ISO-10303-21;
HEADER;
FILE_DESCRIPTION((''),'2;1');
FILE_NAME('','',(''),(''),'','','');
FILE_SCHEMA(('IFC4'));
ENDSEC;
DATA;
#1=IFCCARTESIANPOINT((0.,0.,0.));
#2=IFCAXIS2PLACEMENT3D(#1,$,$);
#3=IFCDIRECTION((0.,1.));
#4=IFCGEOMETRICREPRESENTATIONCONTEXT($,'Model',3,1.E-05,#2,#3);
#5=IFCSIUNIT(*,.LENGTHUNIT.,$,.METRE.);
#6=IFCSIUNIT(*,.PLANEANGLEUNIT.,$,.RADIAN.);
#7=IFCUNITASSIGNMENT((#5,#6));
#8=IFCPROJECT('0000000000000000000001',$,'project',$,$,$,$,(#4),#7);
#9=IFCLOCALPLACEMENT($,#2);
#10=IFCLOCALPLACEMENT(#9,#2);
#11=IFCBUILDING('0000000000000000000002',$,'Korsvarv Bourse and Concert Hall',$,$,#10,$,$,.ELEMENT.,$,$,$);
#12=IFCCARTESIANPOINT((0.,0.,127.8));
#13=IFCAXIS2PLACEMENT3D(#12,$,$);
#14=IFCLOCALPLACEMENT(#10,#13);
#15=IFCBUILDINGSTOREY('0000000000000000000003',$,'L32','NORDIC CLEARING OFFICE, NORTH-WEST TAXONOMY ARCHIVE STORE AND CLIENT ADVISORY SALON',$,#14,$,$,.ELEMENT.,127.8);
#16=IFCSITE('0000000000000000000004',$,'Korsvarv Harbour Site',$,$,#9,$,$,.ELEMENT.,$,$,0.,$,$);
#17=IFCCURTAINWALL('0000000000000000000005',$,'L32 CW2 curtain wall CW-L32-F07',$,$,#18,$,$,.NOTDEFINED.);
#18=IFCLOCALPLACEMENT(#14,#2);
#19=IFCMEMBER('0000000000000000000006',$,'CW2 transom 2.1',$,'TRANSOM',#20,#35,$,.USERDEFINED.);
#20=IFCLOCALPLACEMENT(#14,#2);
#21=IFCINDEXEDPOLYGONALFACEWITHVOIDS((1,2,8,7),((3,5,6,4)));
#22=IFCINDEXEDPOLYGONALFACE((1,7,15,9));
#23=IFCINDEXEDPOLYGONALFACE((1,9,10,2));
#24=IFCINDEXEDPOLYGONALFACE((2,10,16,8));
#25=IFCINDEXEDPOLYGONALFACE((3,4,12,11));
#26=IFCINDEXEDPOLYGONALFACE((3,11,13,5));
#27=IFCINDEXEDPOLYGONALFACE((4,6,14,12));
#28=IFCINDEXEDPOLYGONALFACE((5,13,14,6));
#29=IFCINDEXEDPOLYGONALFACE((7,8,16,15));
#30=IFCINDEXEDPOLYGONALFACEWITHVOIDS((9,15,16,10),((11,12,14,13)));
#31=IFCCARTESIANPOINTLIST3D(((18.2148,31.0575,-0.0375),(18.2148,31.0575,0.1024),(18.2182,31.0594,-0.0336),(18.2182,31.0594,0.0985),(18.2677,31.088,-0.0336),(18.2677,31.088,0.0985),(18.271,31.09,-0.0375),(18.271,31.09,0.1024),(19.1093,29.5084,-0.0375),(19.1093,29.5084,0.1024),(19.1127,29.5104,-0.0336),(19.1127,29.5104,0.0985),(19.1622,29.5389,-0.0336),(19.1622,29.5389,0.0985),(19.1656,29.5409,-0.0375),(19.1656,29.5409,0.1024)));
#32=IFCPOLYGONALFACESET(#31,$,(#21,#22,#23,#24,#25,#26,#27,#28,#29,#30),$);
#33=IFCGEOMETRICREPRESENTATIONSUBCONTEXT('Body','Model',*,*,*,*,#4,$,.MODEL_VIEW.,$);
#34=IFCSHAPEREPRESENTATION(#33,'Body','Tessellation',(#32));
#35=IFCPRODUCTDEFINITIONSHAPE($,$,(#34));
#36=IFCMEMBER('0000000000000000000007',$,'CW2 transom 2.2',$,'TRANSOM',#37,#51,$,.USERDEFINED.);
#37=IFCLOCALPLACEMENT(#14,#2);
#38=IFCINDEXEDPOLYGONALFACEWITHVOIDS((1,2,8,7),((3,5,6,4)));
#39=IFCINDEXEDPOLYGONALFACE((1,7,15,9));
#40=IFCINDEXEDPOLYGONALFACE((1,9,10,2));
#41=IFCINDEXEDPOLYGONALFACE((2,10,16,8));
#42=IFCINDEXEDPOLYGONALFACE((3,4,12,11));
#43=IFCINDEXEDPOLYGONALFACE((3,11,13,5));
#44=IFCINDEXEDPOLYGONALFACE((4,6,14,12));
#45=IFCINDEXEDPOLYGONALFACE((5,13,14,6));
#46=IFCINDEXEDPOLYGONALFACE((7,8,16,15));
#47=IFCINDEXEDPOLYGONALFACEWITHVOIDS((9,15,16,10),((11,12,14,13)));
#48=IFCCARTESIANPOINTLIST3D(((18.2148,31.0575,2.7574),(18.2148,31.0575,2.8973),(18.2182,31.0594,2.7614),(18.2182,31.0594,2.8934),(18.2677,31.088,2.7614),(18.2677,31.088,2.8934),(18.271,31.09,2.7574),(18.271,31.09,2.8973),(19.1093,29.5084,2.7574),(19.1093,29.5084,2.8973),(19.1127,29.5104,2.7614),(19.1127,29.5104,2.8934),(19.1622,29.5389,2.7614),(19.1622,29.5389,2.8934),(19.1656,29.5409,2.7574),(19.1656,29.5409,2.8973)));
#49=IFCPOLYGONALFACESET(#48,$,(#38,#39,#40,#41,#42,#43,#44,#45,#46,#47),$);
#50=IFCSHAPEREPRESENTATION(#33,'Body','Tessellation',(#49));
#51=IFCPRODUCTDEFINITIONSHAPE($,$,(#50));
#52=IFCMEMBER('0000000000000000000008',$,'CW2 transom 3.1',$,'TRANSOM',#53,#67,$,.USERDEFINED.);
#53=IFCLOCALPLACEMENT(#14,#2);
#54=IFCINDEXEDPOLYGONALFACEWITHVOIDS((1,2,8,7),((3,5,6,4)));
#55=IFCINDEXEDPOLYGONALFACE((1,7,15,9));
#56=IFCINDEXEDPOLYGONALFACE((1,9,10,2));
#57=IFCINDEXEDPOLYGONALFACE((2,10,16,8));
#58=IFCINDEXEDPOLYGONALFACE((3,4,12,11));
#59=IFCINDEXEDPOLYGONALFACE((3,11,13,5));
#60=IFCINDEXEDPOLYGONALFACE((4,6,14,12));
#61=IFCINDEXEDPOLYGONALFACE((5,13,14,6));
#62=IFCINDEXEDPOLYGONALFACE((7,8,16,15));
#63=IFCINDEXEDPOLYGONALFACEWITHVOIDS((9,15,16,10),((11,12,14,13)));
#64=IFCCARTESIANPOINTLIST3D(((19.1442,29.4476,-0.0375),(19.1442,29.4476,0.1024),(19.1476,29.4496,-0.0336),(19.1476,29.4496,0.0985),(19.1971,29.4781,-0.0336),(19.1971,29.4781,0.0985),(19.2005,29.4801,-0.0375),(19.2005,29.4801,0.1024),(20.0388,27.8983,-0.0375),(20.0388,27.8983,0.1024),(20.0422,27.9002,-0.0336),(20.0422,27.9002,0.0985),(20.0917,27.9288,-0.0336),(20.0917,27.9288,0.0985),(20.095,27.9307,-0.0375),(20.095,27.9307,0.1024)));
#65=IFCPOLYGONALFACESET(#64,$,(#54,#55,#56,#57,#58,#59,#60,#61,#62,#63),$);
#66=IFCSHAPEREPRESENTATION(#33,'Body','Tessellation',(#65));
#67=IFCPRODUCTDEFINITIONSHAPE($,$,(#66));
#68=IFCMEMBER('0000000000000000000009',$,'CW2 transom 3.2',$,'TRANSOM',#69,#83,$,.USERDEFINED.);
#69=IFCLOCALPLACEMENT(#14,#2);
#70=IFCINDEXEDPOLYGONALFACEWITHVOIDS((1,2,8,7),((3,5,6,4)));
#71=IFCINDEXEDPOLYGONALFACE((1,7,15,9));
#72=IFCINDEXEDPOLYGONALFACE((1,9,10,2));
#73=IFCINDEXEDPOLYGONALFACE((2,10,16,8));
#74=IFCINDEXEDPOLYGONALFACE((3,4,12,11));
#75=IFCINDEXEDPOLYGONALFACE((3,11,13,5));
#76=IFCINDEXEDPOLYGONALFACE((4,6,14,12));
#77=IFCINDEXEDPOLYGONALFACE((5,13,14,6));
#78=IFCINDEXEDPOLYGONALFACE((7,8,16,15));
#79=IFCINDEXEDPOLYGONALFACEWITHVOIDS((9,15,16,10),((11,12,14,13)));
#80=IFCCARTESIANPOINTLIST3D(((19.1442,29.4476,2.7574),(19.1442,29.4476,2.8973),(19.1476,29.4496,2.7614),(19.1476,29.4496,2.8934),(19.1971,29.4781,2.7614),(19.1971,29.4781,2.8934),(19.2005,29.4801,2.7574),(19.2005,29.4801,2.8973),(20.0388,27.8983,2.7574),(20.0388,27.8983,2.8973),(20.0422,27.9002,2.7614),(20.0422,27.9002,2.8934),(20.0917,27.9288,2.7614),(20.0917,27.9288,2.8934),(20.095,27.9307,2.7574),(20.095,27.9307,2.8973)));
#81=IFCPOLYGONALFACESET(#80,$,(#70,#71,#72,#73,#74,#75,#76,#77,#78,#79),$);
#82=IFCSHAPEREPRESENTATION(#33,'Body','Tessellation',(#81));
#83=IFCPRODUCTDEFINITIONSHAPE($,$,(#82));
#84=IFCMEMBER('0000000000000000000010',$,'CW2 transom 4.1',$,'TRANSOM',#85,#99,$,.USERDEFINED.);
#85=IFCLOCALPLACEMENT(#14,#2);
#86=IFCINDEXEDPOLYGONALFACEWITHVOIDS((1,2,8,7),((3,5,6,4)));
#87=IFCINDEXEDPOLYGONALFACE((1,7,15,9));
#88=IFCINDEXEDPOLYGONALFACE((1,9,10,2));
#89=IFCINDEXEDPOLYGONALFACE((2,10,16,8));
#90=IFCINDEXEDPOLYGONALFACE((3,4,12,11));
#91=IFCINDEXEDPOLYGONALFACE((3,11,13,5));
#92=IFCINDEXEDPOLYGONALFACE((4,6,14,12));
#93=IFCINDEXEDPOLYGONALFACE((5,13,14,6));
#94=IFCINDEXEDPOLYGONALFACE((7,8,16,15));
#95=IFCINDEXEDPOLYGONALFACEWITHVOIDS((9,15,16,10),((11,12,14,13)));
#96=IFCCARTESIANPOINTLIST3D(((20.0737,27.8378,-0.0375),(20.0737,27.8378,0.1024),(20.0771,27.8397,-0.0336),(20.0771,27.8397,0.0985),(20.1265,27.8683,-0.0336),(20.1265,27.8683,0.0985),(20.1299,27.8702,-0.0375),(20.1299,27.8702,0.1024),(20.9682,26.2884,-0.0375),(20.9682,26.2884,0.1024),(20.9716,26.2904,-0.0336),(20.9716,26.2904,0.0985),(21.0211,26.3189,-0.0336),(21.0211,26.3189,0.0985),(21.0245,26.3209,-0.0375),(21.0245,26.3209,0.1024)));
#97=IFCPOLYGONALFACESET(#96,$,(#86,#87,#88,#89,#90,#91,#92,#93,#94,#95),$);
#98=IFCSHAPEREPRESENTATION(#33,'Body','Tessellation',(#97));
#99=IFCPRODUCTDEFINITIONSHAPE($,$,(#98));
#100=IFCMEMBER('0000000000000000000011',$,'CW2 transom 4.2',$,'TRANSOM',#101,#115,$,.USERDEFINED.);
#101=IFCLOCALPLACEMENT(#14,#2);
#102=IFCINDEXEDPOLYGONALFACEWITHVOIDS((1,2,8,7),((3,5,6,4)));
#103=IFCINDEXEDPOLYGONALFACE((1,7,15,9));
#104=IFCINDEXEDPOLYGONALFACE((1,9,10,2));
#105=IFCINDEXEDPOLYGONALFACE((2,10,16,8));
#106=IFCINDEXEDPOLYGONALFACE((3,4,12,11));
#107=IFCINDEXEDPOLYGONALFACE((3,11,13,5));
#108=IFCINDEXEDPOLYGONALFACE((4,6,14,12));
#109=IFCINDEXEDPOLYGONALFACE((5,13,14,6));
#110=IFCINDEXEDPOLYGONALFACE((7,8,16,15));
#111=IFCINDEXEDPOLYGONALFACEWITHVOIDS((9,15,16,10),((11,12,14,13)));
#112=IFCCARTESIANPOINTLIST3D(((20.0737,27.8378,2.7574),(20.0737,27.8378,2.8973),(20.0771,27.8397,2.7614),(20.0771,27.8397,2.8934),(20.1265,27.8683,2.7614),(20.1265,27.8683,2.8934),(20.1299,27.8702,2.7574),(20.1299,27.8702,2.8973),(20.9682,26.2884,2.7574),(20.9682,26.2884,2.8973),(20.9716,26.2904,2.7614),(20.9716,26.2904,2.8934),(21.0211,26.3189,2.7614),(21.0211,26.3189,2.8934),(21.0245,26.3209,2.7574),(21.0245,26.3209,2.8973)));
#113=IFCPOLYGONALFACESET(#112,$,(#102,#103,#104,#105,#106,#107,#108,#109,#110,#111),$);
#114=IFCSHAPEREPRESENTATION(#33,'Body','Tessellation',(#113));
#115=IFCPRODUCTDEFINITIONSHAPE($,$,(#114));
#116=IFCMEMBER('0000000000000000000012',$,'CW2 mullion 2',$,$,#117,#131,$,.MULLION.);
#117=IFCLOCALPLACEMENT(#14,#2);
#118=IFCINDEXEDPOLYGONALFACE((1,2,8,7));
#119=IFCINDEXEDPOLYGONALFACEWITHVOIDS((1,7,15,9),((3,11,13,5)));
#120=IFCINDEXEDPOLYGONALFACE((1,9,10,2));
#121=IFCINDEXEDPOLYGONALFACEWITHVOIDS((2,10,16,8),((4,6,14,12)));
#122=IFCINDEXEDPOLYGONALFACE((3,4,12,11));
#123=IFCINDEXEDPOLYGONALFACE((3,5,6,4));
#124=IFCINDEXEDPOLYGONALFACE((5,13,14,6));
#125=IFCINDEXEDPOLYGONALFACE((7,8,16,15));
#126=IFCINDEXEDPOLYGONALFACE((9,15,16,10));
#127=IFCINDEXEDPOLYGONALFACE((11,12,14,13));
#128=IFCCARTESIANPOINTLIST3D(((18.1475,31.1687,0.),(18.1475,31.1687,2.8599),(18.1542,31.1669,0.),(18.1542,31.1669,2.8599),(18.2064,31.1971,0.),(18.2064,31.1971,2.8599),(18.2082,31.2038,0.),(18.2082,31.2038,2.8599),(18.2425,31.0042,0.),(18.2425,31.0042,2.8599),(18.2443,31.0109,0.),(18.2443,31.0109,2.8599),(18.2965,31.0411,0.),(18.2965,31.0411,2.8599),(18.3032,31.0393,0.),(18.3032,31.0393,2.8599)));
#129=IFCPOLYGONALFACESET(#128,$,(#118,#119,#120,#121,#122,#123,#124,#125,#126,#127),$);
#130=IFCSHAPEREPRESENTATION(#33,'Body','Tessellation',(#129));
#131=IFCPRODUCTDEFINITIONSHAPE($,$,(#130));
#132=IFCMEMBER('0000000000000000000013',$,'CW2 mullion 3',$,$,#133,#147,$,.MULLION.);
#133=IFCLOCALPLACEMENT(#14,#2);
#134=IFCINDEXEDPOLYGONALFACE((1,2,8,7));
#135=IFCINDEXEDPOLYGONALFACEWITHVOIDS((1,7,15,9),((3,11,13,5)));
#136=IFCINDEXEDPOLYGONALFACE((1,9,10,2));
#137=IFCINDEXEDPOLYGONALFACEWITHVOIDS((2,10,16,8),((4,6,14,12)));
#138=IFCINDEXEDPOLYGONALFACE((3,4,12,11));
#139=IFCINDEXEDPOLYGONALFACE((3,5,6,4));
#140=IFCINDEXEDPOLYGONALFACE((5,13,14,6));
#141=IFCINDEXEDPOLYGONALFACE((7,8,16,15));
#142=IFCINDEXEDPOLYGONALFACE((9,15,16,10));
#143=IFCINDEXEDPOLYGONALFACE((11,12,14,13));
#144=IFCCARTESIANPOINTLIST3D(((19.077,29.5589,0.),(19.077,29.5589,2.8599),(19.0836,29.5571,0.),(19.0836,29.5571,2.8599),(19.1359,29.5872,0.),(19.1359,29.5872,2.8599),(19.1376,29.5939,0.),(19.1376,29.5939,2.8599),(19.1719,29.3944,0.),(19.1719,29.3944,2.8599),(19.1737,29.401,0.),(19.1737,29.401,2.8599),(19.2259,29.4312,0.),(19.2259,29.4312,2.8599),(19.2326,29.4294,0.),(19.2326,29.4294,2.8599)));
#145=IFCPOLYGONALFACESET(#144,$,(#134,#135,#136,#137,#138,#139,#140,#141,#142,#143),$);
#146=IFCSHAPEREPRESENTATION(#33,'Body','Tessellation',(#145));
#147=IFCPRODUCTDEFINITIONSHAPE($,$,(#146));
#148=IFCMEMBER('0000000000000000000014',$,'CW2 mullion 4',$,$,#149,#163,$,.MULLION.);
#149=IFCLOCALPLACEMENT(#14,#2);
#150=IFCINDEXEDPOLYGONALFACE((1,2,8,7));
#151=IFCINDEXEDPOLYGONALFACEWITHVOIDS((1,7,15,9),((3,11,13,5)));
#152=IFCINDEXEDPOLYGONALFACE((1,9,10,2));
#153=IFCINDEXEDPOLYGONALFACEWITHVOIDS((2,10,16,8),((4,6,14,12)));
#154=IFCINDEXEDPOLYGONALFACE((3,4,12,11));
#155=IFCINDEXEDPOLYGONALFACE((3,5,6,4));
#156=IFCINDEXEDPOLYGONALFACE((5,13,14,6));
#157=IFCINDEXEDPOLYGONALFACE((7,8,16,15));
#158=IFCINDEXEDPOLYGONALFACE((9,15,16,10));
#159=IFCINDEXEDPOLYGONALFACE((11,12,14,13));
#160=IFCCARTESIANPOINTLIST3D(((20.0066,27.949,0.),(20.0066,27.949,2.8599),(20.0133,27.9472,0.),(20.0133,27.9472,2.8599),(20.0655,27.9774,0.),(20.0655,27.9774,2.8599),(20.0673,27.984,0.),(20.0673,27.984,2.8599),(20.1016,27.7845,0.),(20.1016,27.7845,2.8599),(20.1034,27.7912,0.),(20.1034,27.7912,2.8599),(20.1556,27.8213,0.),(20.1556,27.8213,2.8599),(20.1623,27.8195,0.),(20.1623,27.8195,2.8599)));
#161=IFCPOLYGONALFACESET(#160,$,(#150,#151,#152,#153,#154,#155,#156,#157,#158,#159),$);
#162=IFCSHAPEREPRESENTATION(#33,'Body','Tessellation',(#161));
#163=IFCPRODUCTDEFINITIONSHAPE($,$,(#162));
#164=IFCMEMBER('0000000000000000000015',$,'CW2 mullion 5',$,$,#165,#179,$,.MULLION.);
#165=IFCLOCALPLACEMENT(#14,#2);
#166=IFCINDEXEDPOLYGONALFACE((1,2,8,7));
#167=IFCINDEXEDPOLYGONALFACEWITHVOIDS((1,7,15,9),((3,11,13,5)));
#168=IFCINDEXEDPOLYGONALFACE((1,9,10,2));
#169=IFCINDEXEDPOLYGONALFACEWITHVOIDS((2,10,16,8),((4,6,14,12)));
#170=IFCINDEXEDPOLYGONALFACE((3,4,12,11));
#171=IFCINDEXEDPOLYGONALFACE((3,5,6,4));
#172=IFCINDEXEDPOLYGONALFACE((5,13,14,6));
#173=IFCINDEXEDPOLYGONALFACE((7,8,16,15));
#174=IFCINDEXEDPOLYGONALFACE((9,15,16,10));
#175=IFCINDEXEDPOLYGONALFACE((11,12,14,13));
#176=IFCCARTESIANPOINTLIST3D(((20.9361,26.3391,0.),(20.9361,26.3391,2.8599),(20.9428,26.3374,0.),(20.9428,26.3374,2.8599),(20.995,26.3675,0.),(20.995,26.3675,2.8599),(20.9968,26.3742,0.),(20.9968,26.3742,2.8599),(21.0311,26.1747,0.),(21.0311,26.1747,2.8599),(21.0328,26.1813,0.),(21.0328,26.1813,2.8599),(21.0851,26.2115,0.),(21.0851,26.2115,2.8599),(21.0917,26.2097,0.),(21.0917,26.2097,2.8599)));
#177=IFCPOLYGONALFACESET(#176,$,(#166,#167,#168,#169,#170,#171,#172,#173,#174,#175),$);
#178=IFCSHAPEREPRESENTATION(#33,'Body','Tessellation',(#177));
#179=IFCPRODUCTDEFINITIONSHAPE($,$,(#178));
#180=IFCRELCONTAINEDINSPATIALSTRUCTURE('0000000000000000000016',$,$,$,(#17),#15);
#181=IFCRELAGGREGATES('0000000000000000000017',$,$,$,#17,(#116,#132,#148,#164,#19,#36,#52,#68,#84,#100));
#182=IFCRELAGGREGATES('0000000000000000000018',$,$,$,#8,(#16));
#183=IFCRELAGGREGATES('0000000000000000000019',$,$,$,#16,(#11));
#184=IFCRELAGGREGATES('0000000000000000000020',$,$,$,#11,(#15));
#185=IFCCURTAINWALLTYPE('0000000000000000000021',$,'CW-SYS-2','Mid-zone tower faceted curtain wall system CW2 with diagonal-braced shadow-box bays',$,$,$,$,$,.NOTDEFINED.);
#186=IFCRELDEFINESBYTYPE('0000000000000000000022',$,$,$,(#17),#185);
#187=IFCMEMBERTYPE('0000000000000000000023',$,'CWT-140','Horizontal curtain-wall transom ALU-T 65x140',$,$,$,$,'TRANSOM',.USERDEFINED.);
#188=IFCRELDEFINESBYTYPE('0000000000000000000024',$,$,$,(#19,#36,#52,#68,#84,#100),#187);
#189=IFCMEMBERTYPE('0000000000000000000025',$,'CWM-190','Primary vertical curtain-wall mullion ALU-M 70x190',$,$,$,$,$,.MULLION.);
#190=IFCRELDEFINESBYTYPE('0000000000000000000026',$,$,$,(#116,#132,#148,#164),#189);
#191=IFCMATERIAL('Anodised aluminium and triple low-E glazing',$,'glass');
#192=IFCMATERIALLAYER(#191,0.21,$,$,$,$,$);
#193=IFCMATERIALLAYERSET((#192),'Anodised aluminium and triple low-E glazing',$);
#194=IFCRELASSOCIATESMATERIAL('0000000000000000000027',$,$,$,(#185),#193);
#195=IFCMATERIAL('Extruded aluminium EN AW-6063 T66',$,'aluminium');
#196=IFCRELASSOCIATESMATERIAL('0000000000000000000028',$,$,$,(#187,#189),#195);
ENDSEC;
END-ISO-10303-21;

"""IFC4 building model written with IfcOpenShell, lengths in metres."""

from ifc_helpers import new_model, si_unit, direction, frame, origin, origin_2d, place, context, subcontext, project, spatial, hollow_rectangle, extrude, source, transform, mapped, material, layer, layer_set, material_profile, profile_set, type_object, element, aggregate, save


model = new_model("IFC4")

# Units and contexts
model_context = context("Model", 3, precision=1e-05, world=origin(), true_north=direction((0.0, 1.0)))
body_context = subcontext(model_context, "Body", "Model", "MODEL_VIEW")
ifc_project = project(units=[si_unit("LENGTHUNIT", "METRE"), si_unit("PLANEANGLEUNIT", "RADIAN")], contexts=[model_context])

# Site, building, storey
site_placement = place(None, origin())
site = spatial("IfcSite", under=ifc_project, at=site_placement, Name="Korsvarv Harbour Site", CompositionType="ELEMENT", RefElevation=0.0)
building_placement = place(site_placement, origin())
building = spatial("IfcBuilding", under=site, at=building_placement, Name="Korsvarv Bourse and Concert Hall", CompositionType="ELEMENT")
storey_placement = place(building_placement, frame((0.0, 0.0, 127.8)))
storey = spatial("IfcBuildingStorey", under=building, at=storey_placement, Name="L32", Description="NORDIC CLEARING OFFICE, NORTH-WEST TAXONOMY ARCHIVE STORE AND CLIENT ADVISORY SALON", CompositionType="ELEMENT", Elevation=127.8)

# Curtain wall, members
ifc_material_1 = material(Name="Anodised aluminium and triple low-E glazing", Category="glass")
ifc_layer_1 = layer(ifc_material_1, 0.21)
ifc_layer_set_1 = layer_set([ifc_layer_1], Name="Anodised aluminium and triple low-E glazing")
curtain_wall_type = type_object("IfcCurtainWallType", Name="CW-SYS-2", Description="Mid-zone tower faceted curtain wall system CW2 with diagonal-braced shadow-box bays", PredefinedType="NOTDEFINED", material=ifc_layer_set_1)
curtain_wall_placement = place(storey_placement, origin())
curtain_wall = element("IfcCurtainWall", 1, at=curtain_wall_placement, inside=storey, type_object=curtain_wall_type, Name="L32 CW2 curtain wall CW-L32-F07", PredefinedType="NOTDEFINED")
ifc_material_2 = material(Name="Extruded aluminium EN AW-6063 T66", Category="aluminium")
ifc_material_profile_1 = material_profile(ifc_material_2, hollow_rectangle(XDim=0.0649, YDim=0.1399, WallThickness=0.0039, at=origin_2d()), Name="ALU-T 65x140")
ifc_profile_set_1 = profile_set([ifc_material_profile_1], Name="Extruded aluminium EN AW-6063 T66")
member_type_1 = type_object("IfcMemberType", Name="CWT-140", Description="Horizontal curtain-wall transom ALU-T 65x140", ElementType="TRANSOM", PredefinedType="USERDEFINED", material=ifc_profile_set_1)
shared_shape_1 = source(origin(), body_context, "Body", "SweptSolid", [
    extrude(hollow_rectangle(XDim=0.0649, YDim=0.1399, WallThickness=0.0039, at=origin_2d()), origin(), (0.0, 0.0, 1.0), 1.7888),
])
member_1_placement = place(storey_placement, frame((18.2429, 31.0737, 0.0325), z_axis=(0.500073, -0.865983, 0.0), x_axis=(0.865983, 0.500073, 0.0)))
member_1 = element("IfcMember", 2, at=member_1_placement, type_object=member_type_1, Name="CW2 transom 2.1", ObjectType="TRANSOM", PredefinedType="USERDEFINED", context=body_context, shape_type="MappedRepresentation", body=[
    mapped(shared_shape_1, transform((0.0, 0.0, 0.0), scale=1.0)),
])
member_2_placement = place(storey_placement, frame((18.2429, 31.0737, 2.8274), z_axis=(0.500073, -0.865983, 0.0), x_axis=(0.865983, 0.500073, 0.0)))
member_2 = element("IfcMember", 3, at=member_2_placement, type_object=member_type_1, Name="CW2 transom 2.2", ObjectType="TRANSOM", PredefinedType="USERDEFINED", context=body_context, shape_type="MappedRepresentation", body=[
    mapped(shared_shape_1, transform((0.0, 0.0, 0.0), scale=1.0)),
])
shared_shape_2 = source(origin(), body_context, "Body", "SweptSolid", [
    extrude(hollow_rectangle(XDim=0.0649, YDim=0.1399, WallThickness=0.0039, at=origin_2d()), origin(), (0.0, 0.0, 1.0), 1.7891),
])
member_3_placement = place(storey_placement, frame((19.1724, 29.4639, 0.0325), z_axis=(0.500014, -0.866017, 0.0), x_axis=(0.866017, 0.500014, 0.0)))
member_3 = element("IfcMember", 4, at=member_3_placement, type_object=member_type_1, Name="CW2 transom 3.1", ObjectType="TRANSOM", PredefinedType="USERDEFINED", context=body_context, shape_type="MappedRepresentation", body=[
    mapped(shared_shape_2, transform((0.0, 0.0, 0.0), scale=1.0)),
])
member_4_placement = place(storey_placement, frame((19.1724, 29.4639, 2.8274), z_axis=(0.500014, -0.866017, 0.0), x_axis=(0.866017, 0.500014, 0.0)))
member_4 = element("IfcMember", 5, at=member_4_placement, type_object=member_type_1, Name="CW2 transom 3.2", ObjectType="TRANSOM", PredefinedType="USERDEFINED", context=body_context, shape_type="MappedRepresentation", body=[
    mapped(shared_shape_2, transform((0.0, 0.0, 0.0), scale=1.0)),
])
member_5_placement = place(storey_placement, frame((20.1018, 27.854, 0.0325), z_axis=(0.500014, -0.866017, 0.0), x_axis=(0.866017, 0.500014, 0.0)))
member_5 = element("IfcMember", 6, at=member_5_placement, type_object=member_type_1, Name="CW2 transom 4.1", ObjectType="TRANSOM", PredefinedType="USERDEFINED", context=body_context, shape_type="MappedRepresentation", body=[
    mapped(shared_shape_2, transform((0.0, 0.0, 0.0), scale=1.0)),
])
member_6_placement = place(storey_placement, frame((20.1018, 27.854, 2.8274), z_axis=(0.500014, -0.866017, 0.0), x_axis=(0.866017, 0.500014, 0.0)))
member_6 = element("IfcMember", 7, at=member_6_placement, type_object=member_type_1, Name="CW2 transom 4.2", ObjectType="TRANSOM", PredefinedType="USERDEFINED", context=body_context, shape_type="MappedRepresentation", body=[
    mapped(shared_shape_2, transform((0.0, 0.0, 0.0), scale=1.0)),
])
ifc_material_profile_2 = material_profile(ifc_material_2, hollow_rectangle(XDim=0.0701, YDim=0.1899, WallThickness=0.0049, at=origin_2d()), Name="ALU-M 70x190")
ifc_profile_set_2 = profile_set([ifc_material_profile_2], Name="Extruded aluminium EN AW-6063 T66")
member_type_2 = type_object("IfcMemberType", Name="CWM-190", Description="Primary vertical curtain-wall mullion ALU-M 70x190", PredefinedType="MULLION", material=ifc_profile_set_2)
shared_shape_3 = source(origin(), body_context, "Body", "SweptSolid", [
    extrude(hollow_rectangle(XDim=0.0701, YDim=0.1899, WallThickness=0.0049, at=origin_2d()), origin(), (0.0, 0.0, 1.0), 2.8599),
])
member_7_placement = place(storey_placement, frame((18.2253, 31.104, 0.0), z_axis=(0.0, 0.0, 1.0), x_axis=(0.866021, 0.500007, 0.0)))
member_7 = element("IfcMember", 8, at=member_7_placement, type_object=member_type_2, Name="CW2 mullion 2", PredefinedType="MULLION", context=body_context, shape_type="MappedRepresentation", body=[
    mapped(shared_shape_3, transform((0.0, 0.0, 0.0), scale=1.0)),
])
member_8_placement = place(storey_placement, frame((19.1548, 29.4941, 0.0), z_axis=(0.0, 0.0, 1.0), x_axis=(0.866021, 0.500007, 0.0)))
member_8 = element("IfcMember", 9, at=member_8_placement, type_object=member_type_2, Name="CW2 mullion 3", PredefinedType="MULLION", context=body_context, shape_type="MappedRepresentation", body=[
    mapped(shared_shape_3, transform((0.0, 0.0, 0.0), scale=1.0)),
])
member_9_placement = place(storey_placement, frame((20.0845, 27.8843, 0.0), z_axis=(0.0, 0.0, 1.0), x_axis=(0.866021, 0.500007, 0.0)))
member_9 = element("IfcMember", 10, at=member_9_placement, type_object=member_type_2, Name="CW2 mullion 4", PredefinedType="MULLION", context=body_context, shape_type="MappedRepresentation", body=[
    mapped(shared_shape_3, transform((0.0, 0.0, 0.0), scale=1.0)),
])
member_10_placement = place(storey_placement, frame((21.0139, 26.2744, 0.0), z_axis=(0.0, 0.0, 1.0), x_axis=(0.866021, 0.500007, 0.0)))
member_10 = element("IfcMember", 11, at=member_10_placement, type_object=member_type_2, Name="CW2 mullion 5", PredefinedType="MULLION", context=body_context, shape_type="MappedRepresentation", body=[
    mapped(shared_shape_3, transform((0.0, 0.0, 0.0), scale=1.0)),
])

aggregate(curtain_wall, [member_7, member_8, member_9, member_10, member_1, member_2, member_3, member_4, member_5, member_6])

save(model, "model.ifc")
